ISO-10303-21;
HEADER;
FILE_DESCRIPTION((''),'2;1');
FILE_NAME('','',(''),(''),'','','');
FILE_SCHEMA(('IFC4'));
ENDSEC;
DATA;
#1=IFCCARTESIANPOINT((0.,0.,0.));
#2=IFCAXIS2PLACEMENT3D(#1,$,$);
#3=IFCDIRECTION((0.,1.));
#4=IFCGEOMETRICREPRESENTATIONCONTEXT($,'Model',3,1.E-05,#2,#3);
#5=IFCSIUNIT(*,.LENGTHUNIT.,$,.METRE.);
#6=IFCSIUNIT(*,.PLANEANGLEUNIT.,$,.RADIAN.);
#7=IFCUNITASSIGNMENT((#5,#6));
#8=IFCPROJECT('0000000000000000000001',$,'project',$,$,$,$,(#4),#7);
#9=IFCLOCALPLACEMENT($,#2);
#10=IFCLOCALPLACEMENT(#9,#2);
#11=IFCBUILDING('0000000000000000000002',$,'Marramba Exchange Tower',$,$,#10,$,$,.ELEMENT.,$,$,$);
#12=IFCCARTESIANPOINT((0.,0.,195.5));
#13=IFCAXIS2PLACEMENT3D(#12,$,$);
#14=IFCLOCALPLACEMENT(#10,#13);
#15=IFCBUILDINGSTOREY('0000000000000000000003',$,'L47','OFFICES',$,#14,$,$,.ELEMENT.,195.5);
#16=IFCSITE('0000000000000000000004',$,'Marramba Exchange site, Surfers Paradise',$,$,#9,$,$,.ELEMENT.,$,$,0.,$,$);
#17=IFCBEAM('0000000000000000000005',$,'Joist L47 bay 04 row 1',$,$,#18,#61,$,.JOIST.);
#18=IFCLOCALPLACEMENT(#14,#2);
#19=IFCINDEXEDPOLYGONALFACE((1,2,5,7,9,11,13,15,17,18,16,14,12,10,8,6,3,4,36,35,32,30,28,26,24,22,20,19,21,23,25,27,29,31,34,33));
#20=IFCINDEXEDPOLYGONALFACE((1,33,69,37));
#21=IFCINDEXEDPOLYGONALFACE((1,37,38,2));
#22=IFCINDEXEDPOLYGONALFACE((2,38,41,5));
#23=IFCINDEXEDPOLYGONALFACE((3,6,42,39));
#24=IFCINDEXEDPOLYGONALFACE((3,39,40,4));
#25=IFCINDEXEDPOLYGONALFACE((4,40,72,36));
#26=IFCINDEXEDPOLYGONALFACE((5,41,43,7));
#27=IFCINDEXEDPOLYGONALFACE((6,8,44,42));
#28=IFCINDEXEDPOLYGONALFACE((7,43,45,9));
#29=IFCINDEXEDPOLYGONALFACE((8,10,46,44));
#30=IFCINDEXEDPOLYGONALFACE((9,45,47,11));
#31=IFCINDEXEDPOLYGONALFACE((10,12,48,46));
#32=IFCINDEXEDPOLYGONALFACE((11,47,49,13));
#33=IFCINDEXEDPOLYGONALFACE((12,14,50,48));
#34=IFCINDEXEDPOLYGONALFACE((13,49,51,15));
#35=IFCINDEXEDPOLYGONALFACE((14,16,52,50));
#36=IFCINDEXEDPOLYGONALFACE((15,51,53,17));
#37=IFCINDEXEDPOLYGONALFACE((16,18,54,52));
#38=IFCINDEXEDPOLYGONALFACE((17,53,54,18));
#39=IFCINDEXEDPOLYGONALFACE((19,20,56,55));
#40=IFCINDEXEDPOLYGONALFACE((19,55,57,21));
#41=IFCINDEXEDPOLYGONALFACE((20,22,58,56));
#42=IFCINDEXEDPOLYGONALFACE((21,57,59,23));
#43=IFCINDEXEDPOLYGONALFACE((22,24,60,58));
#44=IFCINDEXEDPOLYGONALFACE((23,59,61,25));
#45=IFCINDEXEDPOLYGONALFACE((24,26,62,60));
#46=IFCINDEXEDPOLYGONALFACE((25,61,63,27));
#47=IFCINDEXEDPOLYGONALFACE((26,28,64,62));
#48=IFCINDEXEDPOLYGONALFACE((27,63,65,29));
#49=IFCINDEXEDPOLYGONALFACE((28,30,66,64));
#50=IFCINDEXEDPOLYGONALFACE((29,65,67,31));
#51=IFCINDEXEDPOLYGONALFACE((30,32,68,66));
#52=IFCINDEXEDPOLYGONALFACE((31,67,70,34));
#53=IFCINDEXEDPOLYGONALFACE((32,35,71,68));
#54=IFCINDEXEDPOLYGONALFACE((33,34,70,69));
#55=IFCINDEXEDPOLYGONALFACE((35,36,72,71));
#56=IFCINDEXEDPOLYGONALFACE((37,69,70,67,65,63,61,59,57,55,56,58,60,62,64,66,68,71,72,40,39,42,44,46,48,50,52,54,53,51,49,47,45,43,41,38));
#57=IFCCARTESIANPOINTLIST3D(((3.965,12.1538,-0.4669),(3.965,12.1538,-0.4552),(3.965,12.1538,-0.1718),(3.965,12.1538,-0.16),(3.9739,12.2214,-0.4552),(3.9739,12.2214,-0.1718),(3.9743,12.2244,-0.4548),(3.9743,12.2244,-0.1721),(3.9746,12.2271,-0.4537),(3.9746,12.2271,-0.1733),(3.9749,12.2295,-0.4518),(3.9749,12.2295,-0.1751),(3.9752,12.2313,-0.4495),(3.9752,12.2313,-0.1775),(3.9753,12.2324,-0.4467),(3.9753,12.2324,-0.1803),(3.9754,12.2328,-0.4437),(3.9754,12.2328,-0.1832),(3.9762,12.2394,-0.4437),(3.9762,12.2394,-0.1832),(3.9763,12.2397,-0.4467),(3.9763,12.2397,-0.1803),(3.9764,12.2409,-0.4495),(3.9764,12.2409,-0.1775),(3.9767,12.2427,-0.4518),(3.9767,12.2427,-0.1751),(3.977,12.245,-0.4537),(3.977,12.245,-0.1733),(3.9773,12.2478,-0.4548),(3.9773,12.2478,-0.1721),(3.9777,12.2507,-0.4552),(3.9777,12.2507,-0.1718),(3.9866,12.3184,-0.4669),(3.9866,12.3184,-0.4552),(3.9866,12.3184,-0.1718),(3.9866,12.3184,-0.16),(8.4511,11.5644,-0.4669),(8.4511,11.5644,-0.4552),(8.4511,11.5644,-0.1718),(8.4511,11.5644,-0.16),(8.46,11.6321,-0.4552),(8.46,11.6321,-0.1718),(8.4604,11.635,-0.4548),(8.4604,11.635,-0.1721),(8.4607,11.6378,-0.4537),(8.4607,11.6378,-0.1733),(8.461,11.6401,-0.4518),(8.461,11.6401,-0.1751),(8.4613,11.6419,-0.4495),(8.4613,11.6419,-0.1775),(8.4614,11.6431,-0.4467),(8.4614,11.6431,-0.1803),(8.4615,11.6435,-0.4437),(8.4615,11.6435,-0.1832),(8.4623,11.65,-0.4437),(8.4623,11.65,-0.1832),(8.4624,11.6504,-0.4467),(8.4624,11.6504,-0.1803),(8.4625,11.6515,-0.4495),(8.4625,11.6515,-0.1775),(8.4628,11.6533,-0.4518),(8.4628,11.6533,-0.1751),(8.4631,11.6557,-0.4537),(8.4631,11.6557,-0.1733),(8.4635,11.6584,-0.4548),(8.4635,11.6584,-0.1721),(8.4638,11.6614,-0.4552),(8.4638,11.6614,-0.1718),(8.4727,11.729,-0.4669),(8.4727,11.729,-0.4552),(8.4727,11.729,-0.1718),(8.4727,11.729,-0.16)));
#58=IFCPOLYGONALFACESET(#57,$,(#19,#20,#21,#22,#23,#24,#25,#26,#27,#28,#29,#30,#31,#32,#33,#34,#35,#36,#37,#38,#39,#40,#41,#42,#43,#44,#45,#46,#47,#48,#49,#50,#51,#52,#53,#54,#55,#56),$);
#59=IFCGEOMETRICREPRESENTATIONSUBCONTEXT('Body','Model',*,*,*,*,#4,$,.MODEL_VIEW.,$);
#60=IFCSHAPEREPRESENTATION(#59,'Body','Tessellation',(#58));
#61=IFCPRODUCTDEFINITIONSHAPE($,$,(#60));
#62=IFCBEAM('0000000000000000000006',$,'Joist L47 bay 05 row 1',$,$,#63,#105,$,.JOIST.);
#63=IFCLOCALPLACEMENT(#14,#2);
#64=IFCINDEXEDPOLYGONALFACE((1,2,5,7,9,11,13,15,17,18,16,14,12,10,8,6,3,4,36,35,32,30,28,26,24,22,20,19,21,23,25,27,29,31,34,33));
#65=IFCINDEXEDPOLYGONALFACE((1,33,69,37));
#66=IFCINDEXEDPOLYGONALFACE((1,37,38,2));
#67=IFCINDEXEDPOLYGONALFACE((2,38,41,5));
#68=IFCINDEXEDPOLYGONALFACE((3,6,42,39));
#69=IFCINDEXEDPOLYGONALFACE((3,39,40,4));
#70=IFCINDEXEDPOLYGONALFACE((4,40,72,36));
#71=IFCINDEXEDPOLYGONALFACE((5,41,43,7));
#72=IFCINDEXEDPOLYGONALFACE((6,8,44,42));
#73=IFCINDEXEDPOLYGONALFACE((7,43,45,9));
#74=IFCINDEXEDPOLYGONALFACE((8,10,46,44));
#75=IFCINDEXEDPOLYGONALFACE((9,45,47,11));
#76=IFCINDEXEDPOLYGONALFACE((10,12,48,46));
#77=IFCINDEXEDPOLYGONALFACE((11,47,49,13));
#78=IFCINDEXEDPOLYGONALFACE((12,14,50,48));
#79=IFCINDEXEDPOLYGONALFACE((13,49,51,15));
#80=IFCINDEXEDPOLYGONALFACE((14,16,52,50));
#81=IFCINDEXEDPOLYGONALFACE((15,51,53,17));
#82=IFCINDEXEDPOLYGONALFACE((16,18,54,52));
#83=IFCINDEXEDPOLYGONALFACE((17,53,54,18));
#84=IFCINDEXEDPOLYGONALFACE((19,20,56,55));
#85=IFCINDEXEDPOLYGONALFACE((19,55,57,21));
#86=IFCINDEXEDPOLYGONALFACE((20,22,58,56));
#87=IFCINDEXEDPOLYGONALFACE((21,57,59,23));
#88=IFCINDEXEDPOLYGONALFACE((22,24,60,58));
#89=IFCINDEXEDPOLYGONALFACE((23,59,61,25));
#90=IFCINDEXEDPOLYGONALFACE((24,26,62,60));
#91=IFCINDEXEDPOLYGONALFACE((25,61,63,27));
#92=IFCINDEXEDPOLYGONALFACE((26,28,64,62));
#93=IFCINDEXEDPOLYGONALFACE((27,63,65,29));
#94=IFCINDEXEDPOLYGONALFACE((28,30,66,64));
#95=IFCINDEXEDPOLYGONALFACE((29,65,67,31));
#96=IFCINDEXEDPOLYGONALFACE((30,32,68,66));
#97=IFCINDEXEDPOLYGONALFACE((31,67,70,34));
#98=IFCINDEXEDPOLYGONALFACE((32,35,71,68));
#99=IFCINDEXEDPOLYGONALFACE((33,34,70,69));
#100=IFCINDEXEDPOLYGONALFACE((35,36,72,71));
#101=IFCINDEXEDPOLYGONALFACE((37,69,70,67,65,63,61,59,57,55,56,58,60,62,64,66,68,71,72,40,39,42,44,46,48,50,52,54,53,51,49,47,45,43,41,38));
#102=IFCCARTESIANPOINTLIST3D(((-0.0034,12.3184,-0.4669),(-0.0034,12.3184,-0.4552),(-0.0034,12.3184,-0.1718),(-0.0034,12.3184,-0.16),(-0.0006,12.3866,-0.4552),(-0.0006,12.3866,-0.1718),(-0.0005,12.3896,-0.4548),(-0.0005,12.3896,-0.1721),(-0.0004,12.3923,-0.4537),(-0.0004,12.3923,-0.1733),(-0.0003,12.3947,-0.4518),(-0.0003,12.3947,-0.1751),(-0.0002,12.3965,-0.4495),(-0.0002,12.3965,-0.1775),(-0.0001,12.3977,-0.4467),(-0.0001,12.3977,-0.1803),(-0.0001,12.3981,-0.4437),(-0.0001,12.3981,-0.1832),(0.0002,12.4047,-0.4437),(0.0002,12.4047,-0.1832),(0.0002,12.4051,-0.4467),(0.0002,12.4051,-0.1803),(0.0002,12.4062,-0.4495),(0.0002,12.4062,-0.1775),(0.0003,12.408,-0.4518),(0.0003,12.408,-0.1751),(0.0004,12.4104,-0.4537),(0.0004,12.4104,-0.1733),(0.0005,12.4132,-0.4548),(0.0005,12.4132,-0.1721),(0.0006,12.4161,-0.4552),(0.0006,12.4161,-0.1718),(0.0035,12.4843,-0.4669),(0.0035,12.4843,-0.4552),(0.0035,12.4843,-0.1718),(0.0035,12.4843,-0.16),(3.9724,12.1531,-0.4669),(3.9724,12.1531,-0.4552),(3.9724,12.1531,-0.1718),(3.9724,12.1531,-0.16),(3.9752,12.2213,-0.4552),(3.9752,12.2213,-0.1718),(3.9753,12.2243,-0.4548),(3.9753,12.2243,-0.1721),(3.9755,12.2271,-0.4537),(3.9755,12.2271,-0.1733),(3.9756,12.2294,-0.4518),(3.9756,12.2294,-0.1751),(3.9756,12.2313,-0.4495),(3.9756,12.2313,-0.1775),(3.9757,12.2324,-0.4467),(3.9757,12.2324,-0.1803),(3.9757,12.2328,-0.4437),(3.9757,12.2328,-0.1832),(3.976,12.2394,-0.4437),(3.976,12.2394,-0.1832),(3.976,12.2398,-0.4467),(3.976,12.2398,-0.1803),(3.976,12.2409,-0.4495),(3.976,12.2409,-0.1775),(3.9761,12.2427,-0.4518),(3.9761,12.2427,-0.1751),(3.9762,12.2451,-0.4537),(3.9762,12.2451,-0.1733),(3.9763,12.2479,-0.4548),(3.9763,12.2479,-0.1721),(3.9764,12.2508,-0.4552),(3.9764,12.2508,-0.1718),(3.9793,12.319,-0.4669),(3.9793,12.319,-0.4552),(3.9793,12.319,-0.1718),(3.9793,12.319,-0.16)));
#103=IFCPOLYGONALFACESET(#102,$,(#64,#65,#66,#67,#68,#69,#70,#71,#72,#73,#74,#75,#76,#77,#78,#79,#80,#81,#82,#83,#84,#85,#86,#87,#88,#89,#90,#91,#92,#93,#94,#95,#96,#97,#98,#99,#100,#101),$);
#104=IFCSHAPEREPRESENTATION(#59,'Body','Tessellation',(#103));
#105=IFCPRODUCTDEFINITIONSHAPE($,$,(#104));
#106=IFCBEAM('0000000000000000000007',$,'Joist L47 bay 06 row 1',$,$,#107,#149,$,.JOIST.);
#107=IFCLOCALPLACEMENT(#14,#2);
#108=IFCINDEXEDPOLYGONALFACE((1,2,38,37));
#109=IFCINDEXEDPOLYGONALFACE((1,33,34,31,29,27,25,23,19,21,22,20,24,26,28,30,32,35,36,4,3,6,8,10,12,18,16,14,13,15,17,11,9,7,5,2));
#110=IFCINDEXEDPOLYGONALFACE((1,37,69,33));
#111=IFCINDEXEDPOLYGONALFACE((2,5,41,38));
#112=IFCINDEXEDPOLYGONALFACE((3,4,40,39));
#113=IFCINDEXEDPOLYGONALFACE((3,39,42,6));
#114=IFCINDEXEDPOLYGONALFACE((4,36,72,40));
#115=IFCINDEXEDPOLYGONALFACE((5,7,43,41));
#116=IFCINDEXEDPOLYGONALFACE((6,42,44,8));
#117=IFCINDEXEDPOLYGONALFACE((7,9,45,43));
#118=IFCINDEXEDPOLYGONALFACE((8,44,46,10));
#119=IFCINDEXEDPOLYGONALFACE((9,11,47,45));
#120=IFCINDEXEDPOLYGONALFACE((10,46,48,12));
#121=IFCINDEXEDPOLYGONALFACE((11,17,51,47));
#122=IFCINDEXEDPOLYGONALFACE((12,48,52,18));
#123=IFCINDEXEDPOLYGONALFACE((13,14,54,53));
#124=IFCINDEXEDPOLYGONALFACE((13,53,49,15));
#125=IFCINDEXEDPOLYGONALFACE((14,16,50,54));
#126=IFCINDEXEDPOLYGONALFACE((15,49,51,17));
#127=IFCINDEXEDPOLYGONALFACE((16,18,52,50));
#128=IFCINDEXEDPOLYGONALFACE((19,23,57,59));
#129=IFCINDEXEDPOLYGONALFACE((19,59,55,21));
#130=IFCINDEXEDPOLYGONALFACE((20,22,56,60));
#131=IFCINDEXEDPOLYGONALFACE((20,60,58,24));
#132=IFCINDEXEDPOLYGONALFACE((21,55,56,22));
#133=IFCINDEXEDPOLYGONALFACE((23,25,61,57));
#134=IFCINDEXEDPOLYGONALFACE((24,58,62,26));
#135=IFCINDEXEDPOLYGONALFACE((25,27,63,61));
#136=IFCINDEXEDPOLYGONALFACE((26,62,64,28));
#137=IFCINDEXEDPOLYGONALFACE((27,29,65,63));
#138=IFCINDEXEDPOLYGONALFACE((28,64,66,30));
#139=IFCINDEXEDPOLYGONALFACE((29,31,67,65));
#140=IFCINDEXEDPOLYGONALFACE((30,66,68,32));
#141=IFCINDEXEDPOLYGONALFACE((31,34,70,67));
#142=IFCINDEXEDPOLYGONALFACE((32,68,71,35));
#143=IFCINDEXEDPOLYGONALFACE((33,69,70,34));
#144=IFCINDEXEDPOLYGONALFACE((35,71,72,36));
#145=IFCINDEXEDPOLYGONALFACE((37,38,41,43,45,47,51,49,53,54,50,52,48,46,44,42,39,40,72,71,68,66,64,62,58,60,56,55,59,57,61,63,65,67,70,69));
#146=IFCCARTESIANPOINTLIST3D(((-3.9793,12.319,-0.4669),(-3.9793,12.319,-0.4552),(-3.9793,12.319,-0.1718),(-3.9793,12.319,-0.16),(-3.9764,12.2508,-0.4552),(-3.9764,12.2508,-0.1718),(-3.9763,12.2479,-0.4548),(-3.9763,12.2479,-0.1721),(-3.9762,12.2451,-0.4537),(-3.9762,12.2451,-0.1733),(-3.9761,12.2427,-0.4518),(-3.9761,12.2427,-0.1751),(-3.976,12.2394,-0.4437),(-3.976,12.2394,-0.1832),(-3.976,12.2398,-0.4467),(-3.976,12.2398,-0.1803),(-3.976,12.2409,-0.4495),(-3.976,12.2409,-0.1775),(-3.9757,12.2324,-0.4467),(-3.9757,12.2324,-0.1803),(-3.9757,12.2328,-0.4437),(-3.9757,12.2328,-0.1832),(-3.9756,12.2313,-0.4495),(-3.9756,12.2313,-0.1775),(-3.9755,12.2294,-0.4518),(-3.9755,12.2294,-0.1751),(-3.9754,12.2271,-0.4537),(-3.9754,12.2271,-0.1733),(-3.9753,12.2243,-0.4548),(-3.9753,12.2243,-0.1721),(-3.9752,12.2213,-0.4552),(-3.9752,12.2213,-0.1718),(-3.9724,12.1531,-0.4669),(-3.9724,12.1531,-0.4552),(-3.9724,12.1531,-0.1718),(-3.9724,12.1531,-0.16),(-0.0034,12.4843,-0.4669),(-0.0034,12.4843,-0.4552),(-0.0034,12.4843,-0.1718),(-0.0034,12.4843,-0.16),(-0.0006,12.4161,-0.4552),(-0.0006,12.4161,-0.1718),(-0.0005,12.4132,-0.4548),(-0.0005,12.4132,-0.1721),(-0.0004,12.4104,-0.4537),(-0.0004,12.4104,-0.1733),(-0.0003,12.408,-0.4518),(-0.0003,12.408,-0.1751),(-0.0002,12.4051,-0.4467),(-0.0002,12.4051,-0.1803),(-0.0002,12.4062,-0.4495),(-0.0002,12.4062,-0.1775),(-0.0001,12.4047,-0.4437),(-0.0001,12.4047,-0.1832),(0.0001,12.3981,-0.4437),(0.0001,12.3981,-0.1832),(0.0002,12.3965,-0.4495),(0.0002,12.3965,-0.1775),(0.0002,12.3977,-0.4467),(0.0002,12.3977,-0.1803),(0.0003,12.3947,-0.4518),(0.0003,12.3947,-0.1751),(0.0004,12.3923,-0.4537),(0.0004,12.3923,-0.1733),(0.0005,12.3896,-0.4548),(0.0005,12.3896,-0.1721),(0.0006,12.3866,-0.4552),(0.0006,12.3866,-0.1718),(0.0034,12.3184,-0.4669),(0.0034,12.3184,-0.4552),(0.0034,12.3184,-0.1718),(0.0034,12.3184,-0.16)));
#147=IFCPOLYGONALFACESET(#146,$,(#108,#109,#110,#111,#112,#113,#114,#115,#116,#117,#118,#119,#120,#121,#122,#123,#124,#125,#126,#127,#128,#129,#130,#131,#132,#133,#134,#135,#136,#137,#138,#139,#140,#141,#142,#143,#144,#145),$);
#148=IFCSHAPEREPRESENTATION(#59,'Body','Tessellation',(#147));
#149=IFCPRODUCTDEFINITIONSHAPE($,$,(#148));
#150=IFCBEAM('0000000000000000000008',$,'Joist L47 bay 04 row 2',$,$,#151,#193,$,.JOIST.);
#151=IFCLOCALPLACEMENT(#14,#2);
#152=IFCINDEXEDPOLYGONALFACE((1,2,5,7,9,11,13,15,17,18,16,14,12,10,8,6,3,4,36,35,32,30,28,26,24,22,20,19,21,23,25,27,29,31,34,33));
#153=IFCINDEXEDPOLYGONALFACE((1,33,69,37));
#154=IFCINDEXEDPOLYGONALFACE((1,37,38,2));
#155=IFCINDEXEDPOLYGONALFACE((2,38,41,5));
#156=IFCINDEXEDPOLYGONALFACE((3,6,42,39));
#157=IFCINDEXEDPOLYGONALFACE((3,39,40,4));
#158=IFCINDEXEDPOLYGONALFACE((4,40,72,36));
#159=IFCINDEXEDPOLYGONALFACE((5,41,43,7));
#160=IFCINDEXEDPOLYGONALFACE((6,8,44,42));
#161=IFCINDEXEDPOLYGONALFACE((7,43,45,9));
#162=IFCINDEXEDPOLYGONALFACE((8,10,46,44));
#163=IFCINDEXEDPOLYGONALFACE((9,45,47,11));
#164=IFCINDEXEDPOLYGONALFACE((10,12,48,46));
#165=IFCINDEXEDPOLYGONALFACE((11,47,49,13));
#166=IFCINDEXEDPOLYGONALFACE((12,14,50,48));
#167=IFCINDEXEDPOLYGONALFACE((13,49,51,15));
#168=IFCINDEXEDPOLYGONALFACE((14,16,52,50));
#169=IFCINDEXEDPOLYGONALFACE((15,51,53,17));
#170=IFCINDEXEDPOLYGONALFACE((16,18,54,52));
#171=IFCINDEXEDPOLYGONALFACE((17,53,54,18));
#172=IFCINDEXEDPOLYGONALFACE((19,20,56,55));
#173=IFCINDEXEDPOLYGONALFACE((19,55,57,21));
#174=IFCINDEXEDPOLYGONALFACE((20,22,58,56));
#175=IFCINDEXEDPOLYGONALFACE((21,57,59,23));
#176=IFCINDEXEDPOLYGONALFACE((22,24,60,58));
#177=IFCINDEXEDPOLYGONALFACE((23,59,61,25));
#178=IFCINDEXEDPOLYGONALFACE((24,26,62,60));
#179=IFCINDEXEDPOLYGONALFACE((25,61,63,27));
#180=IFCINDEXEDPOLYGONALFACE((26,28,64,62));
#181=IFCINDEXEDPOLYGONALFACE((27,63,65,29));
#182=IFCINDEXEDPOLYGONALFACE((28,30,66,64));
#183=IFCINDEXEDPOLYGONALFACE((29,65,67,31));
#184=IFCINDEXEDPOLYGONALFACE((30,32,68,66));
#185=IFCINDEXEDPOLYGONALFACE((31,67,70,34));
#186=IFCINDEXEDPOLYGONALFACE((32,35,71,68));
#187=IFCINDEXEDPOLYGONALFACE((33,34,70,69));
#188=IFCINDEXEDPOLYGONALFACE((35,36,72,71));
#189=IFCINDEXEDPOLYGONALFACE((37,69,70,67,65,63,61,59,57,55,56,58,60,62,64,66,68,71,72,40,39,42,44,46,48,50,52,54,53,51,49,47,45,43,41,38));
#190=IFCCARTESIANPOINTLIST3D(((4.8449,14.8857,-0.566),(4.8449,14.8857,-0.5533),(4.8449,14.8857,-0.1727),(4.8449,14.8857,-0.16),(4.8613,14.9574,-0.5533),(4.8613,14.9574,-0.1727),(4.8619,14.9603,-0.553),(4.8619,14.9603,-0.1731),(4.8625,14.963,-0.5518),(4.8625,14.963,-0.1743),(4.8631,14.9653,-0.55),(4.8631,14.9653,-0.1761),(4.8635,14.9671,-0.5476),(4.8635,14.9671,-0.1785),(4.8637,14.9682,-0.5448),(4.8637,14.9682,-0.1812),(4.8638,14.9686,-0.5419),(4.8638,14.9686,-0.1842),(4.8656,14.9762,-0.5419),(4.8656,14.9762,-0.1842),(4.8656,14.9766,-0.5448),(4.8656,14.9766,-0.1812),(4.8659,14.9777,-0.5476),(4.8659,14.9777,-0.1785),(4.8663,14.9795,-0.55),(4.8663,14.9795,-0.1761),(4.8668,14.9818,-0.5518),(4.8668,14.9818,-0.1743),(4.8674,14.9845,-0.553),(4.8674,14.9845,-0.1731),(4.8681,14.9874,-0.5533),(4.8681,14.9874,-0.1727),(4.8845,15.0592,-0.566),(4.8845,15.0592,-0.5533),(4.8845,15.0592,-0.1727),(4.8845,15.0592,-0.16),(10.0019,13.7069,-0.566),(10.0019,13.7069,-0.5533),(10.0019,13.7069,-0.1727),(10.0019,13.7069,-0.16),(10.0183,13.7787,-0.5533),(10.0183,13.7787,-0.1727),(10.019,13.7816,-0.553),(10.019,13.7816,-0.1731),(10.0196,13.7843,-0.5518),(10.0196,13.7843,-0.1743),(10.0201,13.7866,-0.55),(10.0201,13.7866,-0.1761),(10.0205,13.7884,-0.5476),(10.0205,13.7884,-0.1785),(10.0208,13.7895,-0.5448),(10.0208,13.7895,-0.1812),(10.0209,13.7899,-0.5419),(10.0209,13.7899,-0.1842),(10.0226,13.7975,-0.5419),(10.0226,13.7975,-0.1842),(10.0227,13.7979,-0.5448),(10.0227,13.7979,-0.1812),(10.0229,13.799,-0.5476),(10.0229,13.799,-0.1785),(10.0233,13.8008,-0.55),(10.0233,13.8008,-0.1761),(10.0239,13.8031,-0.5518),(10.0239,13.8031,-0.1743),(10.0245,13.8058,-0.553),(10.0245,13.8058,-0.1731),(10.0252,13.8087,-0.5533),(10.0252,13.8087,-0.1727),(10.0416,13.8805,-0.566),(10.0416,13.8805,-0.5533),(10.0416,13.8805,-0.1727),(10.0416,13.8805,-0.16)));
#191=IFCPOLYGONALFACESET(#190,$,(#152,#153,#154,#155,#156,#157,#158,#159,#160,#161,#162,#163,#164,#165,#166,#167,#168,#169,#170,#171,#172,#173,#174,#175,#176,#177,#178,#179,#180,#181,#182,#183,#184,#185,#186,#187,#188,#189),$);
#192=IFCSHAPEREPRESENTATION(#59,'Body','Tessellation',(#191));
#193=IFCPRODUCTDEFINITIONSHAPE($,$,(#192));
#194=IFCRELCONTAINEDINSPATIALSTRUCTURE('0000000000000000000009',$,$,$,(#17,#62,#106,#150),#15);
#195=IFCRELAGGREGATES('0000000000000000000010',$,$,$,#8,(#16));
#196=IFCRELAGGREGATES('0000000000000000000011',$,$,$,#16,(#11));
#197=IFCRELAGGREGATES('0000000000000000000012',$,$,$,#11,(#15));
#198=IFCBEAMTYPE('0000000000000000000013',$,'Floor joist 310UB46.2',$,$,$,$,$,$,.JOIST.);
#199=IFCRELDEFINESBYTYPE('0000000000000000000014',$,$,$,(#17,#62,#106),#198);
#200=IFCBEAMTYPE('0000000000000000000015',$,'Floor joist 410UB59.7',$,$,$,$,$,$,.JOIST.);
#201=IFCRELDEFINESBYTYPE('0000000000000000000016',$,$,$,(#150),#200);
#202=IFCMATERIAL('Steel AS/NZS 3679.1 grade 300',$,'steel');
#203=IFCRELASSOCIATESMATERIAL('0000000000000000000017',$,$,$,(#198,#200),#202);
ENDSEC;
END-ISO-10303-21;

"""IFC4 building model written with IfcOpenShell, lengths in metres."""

from ifc_helpers import new_model, si_unit, direction, frame, origin, origin_2d, place, context, subcontext, project, spatial, i_section, extrude, material, material_profile, profile_set, type_object, element, save


model = new_model("IFC4")

# Units and contexts
model_context = context("Model", 3, precision=1e-05, world=origin(), true_north=direction((0.0, 1.0)))
body_context = subcontext(model_context, "Body", "Model", "MODEL_VIEW")
ifc_project = project(units=[si_unit("LENGTHUNIT", "METRE"), si_unit("PLANEANGLEUNIT", "RADIAN")], contexts=[model_context])

# Site, building, storey
site_placement = place(None, origin())
site = spatial("IfcSite", under=ifc_project, at=site_placement, Name="Marramba Exchange site, Surfers Paradise", CompositionType="ELEMENT", RefElevation=0.0)
building_placement = place(site_placement, origin())
building = spatial("IfcBuilding", under=site, at=building_placement, Name="Marramba Exchange Tower", CompositionType="ELEMENT")
storey_placement = place(building_placement, frame((0.0, 0.0, 195.5)))
storey = spatial("IfcBuildingStorey", under=building, at=storey_placement, Name="L47", Description="OFFICES", CompositionType="ELEMENT", Elevation=195.5)

# Beams
ifc_material_1 = material(Name="Steel AS/NZS 3679.1 grade 300", Category="steel")
ifc_material_profile_1 = material_profile(ifc_material_1, i_section(OverallWidth=0.166, OverallDepth=0.3069, WebThickness=0.0066, FlangeThickness=0.0117, FilletRadius=0.0115, at=origin_2d()), Name="310UB46.2")
ifc_profile_set_1 = profile_set([ifc_material_profile_1], Name="Steel AS/NZS 3679.1 grade 300")
beam_type_1 = type_object("IfcBeamType", Name="Floor joist 310UB46.2", PredefinedType="JOIST", material=ifc_profile_set_1)
beam_1_placement = place(storey_placement, frame((8.4619, 11.6467, -0.3135), z_axis=(-0.991481, 0.130255, 0.0), x_axis=(-0.130255, -0.991481, 0.0)))
element("IfcBeam", 1, at=beam_1_placement, inside=storey, type_object=beam_type_1, Name="Joist L47 bay 04 row 1", PredefinedType="JOIST", context=body_context, shape_type="SweptSolid", body=[
    extrude(i_section(OverallWidth=0.166, OverallDepth=0.3069, WebThickness=0.0066, FlangeThickness=0.0117, FilletRadius=0.0115, at=origin_2d()), origin(), (0.0, 0.0, 1.0), 4.5247),
])
for number, where, z_axis, x_axis, name in (
    (2, (3.9758, 12.2361, -0.3135), (-0.999137, 0.041536, 0.0), (-0.041536, -0.999137, 0.0), "Joist L47 bay 05 row 1"),
    (3, (0.0, 12.4014, -0.3135), (-0.999137, -0.041536, 0.0), (0.041536, -0.999137, 0.0), "Joist L47 bay 06 row 1"),
):
    element("IfcBeam", number, at=place(storey_placement, frame(where, z_axis=z_axis, x_axis=x_axis)), inside=storey, type_object=beam_type_1, Name=name, PredefinedType="JOIST", context=body_context, shape_type="SweptSolid", body=[
        extrude(i_section(OverallWidth=0.166, OverallDepth=0.3069, WebThickness=0.0066, FlangeThickness=0.0117, FilletRadius=0.0115, at=origin_2d()), origin(), (0.0, 0.0, 1.0), 3.9792),
    ])
ifc_material_profile_2 = material_profile(ifc_material_1, i_section(OverallWidth=0.178, OverallDepth=0.406, WebThickness=0.0078, FlangeThickness=0.0127, FilletRadius=0.0115, at=origin_2d()), Name="410UB59.7")
ifc_profile_set_2 = profile_set([ifc_material_profile_2], Name="Steel AS/NZS 3679.1 grade 300")
beam_type_2 = type_object("IfcBeamType", Name="Floor joist 410UB59.7", PredefinedType="JOIST", material=ifc_profile_set_2)
beam_2_placement = place(storey_placement, frame((10.0217, 13.7937, -0.363), z_axis=(-0.97486, 0.22282, 0.0), x_axis=(-0.22282, -0.97486, 0.0)))
element("IfcBeam", 4, at=beam_2_placement, inside=storey, type_object=beam_type_2, Name="Joist L47 bay 04 row 2", PredefinedType="JOIST", context=body_context, shape_type="SweptSolid", body=[
    extrude(i_section(OverallWidth=0.178, OverallDepth=0.406, WebThickness=0.0078, FlangeThickness=0.0127, FilletRadius=0.0115, at=origin_2d()), origin(), (0.0, 0.0, 1.0), 5.29),
])

save(model, "model.ifc")
